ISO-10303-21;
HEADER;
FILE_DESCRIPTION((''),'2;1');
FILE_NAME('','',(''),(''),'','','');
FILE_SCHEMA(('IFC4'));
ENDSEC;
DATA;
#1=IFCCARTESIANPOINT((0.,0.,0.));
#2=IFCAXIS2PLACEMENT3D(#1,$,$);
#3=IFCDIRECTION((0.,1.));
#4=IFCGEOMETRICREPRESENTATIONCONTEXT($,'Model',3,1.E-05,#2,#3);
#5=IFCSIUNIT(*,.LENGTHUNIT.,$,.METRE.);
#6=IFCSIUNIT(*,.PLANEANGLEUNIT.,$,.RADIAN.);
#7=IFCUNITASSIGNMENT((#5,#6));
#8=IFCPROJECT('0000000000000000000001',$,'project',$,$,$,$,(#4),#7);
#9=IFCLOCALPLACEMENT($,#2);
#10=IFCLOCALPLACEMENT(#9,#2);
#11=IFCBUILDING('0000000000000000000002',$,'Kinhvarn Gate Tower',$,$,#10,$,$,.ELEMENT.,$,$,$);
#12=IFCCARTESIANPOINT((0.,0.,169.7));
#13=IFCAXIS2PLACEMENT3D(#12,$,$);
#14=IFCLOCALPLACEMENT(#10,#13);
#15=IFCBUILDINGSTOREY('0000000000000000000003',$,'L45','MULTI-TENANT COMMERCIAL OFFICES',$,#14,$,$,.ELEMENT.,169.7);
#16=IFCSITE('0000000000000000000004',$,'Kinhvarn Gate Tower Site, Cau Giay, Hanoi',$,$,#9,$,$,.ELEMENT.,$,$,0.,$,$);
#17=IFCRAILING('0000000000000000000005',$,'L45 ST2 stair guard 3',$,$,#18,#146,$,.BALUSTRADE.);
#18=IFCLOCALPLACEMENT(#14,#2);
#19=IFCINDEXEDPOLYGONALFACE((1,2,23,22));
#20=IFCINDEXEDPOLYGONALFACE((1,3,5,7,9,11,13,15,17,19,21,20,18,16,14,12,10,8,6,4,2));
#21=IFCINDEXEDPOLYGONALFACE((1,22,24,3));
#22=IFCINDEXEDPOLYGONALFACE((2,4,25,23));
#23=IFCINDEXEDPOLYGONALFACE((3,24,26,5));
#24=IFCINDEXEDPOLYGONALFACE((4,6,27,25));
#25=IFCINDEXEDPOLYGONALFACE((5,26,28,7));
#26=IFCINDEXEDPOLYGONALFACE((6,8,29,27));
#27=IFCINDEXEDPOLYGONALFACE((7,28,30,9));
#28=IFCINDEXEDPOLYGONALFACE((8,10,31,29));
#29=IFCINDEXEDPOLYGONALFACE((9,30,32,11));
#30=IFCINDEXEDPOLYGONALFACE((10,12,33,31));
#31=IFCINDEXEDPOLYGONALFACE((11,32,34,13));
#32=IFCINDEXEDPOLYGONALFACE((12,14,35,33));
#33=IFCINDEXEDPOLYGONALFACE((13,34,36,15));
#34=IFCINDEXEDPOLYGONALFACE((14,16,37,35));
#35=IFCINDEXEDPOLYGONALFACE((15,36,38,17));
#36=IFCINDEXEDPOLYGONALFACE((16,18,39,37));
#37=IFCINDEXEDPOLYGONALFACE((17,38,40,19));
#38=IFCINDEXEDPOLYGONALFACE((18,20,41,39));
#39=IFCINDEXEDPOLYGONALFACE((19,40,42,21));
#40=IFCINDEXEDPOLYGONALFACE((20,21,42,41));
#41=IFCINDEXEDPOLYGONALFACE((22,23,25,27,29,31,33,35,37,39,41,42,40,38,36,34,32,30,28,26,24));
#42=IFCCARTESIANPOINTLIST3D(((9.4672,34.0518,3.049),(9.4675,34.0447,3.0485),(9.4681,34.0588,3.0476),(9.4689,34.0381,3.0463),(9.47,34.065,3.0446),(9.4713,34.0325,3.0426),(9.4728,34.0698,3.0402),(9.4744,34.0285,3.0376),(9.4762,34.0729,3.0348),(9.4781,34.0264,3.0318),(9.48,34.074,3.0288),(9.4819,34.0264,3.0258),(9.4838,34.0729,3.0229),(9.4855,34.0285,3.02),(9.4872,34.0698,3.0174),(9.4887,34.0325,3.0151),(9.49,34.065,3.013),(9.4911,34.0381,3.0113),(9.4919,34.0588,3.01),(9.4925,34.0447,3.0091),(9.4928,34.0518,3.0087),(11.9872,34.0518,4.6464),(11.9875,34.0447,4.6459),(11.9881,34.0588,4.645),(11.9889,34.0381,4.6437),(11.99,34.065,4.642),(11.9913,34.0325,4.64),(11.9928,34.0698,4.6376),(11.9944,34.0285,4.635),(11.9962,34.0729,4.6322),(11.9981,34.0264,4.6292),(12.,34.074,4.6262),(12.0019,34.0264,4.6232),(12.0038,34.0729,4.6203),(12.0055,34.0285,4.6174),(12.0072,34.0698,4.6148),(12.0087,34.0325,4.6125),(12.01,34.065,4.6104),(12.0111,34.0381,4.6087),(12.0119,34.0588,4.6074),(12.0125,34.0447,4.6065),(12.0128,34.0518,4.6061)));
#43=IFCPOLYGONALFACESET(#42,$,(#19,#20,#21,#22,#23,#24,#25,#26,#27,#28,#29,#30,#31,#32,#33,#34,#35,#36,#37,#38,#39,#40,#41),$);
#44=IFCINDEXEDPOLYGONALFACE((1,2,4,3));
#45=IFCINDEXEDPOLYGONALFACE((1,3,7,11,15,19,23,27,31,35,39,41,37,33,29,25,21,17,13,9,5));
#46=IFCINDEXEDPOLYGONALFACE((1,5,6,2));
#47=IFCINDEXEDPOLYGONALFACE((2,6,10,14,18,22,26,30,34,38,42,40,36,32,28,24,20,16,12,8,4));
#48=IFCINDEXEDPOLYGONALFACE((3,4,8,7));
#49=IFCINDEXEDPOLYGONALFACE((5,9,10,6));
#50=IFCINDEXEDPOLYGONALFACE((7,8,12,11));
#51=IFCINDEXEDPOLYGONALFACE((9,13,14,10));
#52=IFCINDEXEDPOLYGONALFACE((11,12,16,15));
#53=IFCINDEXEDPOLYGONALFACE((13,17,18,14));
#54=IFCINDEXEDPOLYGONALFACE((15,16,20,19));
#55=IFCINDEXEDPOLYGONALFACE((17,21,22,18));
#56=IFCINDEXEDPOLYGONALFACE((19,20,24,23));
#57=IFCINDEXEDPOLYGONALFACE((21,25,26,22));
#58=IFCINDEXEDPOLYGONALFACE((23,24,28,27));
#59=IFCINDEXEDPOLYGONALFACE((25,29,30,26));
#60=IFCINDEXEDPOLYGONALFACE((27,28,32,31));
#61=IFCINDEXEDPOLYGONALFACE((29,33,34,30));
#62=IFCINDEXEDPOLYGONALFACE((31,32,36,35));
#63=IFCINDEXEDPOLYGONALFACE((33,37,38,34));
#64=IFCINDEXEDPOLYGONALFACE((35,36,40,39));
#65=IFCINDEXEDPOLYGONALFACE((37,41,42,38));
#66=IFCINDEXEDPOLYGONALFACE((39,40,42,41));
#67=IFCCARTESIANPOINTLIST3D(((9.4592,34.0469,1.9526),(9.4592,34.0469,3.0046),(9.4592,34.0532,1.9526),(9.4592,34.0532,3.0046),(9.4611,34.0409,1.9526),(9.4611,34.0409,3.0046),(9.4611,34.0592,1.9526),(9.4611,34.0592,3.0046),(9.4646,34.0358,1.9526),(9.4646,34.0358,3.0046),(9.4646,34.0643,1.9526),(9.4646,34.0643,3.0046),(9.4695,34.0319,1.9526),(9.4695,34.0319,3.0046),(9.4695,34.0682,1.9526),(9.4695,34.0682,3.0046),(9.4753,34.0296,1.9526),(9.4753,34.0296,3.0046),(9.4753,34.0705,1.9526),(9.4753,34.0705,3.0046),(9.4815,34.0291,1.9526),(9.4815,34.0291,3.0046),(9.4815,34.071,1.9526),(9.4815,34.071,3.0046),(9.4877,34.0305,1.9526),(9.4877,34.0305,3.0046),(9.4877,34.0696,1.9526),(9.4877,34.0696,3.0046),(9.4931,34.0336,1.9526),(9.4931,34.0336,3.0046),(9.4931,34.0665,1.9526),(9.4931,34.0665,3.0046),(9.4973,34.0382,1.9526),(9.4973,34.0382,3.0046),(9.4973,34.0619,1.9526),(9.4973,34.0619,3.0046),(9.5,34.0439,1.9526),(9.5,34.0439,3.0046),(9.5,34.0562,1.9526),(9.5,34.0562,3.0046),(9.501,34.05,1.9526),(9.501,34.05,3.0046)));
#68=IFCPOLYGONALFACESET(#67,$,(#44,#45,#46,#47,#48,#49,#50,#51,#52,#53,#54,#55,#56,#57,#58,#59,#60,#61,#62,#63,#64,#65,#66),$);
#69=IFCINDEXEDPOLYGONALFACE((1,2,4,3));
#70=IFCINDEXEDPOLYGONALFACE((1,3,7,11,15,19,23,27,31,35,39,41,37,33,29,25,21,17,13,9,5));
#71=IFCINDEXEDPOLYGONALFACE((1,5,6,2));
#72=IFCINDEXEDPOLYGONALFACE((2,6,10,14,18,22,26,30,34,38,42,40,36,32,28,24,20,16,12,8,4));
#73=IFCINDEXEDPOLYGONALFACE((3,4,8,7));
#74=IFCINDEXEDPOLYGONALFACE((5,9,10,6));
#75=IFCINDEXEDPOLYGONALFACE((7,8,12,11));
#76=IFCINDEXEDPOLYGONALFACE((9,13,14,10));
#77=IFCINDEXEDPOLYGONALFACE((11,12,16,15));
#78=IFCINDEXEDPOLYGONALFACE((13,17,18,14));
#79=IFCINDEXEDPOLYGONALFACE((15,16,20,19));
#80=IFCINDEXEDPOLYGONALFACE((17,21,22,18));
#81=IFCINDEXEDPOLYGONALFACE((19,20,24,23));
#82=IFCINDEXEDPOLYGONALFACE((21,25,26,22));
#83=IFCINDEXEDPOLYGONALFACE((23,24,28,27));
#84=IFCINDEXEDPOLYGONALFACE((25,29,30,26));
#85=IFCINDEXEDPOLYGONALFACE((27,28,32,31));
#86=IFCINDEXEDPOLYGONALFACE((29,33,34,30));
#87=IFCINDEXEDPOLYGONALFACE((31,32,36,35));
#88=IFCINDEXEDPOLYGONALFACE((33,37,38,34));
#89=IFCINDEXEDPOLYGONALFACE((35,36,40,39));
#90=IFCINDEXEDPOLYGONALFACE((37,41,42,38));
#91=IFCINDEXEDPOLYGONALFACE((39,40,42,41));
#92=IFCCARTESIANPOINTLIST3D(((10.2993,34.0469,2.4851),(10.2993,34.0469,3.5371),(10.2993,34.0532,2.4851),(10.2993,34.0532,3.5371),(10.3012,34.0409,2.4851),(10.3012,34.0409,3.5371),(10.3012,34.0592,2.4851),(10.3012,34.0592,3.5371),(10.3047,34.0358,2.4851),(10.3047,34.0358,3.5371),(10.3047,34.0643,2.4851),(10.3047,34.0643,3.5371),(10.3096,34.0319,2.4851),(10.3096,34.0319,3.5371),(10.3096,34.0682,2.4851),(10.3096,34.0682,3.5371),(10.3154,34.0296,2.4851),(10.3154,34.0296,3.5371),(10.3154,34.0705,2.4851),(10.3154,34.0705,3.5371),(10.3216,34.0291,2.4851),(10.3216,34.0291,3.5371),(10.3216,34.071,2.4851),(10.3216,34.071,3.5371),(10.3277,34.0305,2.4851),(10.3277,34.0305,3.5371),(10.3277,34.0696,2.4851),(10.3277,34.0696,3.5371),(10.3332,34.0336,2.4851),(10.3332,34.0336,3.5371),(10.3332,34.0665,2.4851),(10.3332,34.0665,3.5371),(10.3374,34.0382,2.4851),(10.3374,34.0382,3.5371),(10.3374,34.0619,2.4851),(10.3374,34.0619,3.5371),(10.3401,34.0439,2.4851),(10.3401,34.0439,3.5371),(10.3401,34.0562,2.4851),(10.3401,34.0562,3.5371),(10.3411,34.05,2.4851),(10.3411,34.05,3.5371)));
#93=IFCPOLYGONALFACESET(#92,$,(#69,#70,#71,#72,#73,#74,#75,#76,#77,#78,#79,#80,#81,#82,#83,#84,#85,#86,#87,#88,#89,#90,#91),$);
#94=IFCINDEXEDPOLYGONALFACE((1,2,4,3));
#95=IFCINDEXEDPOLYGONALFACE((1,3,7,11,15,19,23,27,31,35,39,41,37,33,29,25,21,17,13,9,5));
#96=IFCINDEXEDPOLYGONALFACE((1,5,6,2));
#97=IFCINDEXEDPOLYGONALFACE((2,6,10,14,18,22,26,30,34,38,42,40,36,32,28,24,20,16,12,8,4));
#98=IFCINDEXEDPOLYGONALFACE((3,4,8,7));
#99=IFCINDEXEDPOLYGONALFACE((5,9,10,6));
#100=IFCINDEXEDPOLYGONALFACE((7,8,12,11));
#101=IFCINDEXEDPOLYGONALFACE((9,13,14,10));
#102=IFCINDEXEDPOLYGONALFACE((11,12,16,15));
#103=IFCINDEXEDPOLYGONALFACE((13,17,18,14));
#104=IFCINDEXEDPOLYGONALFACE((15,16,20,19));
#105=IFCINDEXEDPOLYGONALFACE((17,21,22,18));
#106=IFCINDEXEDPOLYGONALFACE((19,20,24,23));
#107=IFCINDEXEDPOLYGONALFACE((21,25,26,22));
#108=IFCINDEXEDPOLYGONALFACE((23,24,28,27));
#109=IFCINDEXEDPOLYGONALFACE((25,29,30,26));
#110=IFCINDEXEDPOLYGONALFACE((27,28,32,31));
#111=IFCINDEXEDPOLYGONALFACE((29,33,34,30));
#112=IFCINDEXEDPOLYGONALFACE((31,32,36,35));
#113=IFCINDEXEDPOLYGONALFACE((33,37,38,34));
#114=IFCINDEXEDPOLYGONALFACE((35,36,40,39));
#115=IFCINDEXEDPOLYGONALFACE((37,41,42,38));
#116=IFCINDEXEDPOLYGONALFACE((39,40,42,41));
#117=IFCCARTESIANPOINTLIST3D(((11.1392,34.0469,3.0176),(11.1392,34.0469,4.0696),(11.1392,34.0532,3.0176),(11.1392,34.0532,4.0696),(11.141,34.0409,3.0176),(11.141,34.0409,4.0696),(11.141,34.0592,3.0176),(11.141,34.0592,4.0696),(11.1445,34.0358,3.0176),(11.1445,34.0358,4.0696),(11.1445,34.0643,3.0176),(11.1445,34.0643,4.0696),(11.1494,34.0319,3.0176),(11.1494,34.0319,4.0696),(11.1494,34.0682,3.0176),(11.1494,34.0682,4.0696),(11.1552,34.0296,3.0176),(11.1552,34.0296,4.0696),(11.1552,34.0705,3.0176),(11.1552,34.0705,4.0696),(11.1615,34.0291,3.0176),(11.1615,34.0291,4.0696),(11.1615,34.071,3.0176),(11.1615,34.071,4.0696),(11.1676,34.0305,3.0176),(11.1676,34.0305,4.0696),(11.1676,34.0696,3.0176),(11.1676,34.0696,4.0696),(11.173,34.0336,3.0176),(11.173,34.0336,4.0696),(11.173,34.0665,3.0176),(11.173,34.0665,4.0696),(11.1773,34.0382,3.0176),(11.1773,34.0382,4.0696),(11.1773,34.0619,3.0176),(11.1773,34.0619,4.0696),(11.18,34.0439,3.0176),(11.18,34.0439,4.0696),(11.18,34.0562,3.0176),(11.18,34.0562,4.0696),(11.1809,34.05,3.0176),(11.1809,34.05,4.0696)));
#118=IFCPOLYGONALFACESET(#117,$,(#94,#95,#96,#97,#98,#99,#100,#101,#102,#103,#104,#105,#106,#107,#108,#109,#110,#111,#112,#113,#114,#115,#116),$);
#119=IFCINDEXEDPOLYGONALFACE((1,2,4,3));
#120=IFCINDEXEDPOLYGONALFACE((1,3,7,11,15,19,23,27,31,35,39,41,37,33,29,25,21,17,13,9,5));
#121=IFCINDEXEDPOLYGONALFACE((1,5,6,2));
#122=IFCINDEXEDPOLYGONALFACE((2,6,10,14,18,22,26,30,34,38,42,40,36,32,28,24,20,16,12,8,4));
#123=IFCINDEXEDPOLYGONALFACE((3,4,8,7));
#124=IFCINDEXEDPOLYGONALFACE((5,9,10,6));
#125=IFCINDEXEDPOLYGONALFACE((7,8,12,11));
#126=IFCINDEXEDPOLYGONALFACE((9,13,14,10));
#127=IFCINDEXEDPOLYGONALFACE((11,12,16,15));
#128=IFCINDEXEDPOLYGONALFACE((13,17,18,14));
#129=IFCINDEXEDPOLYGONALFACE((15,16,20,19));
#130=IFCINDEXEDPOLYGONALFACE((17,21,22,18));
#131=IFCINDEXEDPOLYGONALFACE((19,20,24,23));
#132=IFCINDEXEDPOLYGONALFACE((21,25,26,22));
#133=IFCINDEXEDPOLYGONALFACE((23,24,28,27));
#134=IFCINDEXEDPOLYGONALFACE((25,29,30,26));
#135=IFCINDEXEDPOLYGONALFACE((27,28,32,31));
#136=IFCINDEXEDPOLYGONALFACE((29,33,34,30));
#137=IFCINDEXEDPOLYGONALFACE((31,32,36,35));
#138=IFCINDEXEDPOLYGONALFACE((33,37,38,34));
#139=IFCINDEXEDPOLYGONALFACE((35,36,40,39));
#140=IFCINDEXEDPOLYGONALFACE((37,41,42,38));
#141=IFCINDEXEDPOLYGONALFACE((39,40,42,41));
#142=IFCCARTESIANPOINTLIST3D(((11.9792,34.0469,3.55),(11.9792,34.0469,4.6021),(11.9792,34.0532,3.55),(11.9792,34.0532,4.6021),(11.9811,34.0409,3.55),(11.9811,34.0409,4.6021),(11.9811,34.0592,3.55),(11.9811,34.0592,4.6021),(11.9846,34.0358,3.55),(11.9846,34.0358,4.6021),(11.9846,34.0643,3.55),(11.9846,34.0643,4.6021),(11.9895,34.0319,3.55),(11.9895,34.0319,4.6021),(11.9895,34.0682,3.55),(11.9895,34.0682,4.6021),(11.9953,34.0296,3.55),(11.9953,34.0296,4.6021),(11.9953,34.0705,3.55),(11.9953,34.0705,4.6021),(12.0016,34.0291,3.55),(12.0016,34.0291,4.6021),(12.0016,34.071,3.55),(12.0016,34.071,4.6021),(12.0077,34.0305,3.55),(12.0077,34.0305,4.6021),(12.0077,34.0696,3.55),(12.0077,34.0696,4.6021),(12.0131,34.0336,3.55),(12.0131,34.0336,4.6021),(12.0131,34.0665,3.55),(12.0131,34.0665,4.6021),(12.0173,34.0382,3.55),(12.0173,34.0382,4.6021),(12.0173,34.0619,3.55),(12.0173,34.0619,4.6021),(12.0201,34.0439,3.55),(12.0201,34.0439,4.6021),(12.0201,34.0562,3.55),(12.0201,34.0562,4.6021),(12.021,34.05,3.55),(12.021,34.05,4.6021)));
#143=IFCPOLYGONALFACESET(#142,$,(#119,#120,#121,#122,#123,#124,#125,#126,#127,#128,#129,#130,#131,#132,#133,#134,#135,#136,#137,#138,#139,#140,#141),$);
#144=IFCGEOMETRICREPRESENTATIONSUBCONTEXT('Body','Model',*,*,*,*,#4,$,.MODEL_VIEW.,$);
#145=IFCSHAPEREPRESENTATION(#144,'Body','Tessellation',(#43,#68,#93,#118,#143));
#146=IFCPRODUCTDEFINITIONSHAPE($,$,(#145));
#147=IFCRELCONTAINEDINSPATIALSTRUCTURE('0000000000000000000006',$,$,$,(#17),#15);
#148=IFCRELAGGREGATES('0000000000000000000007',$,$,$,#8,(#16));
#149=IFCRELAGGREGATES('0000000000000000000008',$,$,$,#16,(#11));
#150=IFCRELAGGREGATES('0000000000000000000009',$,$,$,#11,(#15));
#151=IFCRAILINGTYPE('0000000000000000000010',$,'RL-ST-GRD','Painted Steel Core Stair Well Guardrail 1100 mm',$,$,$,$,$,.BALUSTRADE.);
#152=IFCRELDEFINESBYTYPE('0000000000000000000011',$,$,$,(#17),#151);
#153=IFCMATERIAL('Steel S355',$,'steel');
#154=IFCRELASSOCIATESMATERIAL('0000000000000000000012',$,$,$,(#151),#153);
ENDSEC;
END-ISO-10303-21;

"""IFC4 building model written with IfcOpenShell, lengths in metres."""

from ifc_helpers import new_model, si_unit, direction, frame, origin, origin_2d, place, context, subcontext, project, spatial, circle, extrude, material, type_object, element, save


model = new_model("IFC4")

# Units and contexts
model_context = context("Model", 3, precision=1e-05, world=origin(), true_north=direction((0.0, 1.0)))
body_context = subcontext(model_context, "Body", "Model", "MODEL_VIEW")
ifc_project = project(units=[si_unit("LENGTHUNIT", "METRE"), si_unit("PLANEANGLEUNIT", "RADIAN")], contexts=[model_context])

# Site, building, storey
site_placement = place(None, origin())
site = spatial("IfcSite", under=ifc_project, at=site_placement, Name="Kinhvarn Gate Tower Site, Cau Giay, Hanoi", CompositionType="ELEMENT", RefElevation=0.0)
building_placement = place(site_placement, origin())
building = spatial("IfcBuilding", under=site, at=building_placement, Name="Kinhvarn Gate Tower", CompositionType="ELEMENT")
storey_placement = place(building_placement, frame((0.0, 0.0, 169.7)))
storey = spatial("IfcBuildingStorey", under=building, at=storey_placement, Name="L45", Description="MULTI-TENANT COMMERCIAL OFFICES", CompositionType="ELEMENT", Elevation=169.7)

# Shared definitions
ifc_material_1 = material(Name="Steel S355", Category="steel")

# Railing
railing_type_1 = type_object("IfcRailingType", Name="RL-ST-GRD", Description="Painted Steel Core Stair Well Guardrail 1100 mm", PredefinedType="BALUSTRADE", material=ifc_material_1)
railing_1_placement = place(storey_placement, frame((9.48, 34.05, 1.9526)))
element("IfcRailing", 1, at=railing_1_placement, inside=storey, type_object=railing_type_1, Name="L45 ST2 stair guard 3", PredefinedType="BALUSTRADE", context=body_context, shape_type="SweptSolid", body=[
    extrude(circle(Radius=0.0239, at=origin_2d()), frame((0.0, 0.0, 1.0762), z_axis=(0.844607, 0.0, 0.535387), x_axis=(0.0, 1.0, 0.0)), (0.0, 0.0, 1.0), 2.9836),
    extrude(circle(Radius=0.021, at=origin_2d()), origin(), (0.0, 0.0, 1.0), 1.052),
    extrude(circle(Radius=0.021, at=origin_2d()), frame((0.8401, 0.0, 0.5325)), (0.0, 0.0, 1.0), 1.052),
    extrude(circle(Radius=0.021, at=origin_2d()), frame((1.6799, 0.0, 1.0649)), (0.0, 0.0, 1.0), 1.052),
    extrude(circle(Radius=0.021, at=origin_2d()), frame((2.52, 0.0, 1.5974)), (0.0, 0.0, 1.0), 1.052),
])

save(model, "model.ifc")
